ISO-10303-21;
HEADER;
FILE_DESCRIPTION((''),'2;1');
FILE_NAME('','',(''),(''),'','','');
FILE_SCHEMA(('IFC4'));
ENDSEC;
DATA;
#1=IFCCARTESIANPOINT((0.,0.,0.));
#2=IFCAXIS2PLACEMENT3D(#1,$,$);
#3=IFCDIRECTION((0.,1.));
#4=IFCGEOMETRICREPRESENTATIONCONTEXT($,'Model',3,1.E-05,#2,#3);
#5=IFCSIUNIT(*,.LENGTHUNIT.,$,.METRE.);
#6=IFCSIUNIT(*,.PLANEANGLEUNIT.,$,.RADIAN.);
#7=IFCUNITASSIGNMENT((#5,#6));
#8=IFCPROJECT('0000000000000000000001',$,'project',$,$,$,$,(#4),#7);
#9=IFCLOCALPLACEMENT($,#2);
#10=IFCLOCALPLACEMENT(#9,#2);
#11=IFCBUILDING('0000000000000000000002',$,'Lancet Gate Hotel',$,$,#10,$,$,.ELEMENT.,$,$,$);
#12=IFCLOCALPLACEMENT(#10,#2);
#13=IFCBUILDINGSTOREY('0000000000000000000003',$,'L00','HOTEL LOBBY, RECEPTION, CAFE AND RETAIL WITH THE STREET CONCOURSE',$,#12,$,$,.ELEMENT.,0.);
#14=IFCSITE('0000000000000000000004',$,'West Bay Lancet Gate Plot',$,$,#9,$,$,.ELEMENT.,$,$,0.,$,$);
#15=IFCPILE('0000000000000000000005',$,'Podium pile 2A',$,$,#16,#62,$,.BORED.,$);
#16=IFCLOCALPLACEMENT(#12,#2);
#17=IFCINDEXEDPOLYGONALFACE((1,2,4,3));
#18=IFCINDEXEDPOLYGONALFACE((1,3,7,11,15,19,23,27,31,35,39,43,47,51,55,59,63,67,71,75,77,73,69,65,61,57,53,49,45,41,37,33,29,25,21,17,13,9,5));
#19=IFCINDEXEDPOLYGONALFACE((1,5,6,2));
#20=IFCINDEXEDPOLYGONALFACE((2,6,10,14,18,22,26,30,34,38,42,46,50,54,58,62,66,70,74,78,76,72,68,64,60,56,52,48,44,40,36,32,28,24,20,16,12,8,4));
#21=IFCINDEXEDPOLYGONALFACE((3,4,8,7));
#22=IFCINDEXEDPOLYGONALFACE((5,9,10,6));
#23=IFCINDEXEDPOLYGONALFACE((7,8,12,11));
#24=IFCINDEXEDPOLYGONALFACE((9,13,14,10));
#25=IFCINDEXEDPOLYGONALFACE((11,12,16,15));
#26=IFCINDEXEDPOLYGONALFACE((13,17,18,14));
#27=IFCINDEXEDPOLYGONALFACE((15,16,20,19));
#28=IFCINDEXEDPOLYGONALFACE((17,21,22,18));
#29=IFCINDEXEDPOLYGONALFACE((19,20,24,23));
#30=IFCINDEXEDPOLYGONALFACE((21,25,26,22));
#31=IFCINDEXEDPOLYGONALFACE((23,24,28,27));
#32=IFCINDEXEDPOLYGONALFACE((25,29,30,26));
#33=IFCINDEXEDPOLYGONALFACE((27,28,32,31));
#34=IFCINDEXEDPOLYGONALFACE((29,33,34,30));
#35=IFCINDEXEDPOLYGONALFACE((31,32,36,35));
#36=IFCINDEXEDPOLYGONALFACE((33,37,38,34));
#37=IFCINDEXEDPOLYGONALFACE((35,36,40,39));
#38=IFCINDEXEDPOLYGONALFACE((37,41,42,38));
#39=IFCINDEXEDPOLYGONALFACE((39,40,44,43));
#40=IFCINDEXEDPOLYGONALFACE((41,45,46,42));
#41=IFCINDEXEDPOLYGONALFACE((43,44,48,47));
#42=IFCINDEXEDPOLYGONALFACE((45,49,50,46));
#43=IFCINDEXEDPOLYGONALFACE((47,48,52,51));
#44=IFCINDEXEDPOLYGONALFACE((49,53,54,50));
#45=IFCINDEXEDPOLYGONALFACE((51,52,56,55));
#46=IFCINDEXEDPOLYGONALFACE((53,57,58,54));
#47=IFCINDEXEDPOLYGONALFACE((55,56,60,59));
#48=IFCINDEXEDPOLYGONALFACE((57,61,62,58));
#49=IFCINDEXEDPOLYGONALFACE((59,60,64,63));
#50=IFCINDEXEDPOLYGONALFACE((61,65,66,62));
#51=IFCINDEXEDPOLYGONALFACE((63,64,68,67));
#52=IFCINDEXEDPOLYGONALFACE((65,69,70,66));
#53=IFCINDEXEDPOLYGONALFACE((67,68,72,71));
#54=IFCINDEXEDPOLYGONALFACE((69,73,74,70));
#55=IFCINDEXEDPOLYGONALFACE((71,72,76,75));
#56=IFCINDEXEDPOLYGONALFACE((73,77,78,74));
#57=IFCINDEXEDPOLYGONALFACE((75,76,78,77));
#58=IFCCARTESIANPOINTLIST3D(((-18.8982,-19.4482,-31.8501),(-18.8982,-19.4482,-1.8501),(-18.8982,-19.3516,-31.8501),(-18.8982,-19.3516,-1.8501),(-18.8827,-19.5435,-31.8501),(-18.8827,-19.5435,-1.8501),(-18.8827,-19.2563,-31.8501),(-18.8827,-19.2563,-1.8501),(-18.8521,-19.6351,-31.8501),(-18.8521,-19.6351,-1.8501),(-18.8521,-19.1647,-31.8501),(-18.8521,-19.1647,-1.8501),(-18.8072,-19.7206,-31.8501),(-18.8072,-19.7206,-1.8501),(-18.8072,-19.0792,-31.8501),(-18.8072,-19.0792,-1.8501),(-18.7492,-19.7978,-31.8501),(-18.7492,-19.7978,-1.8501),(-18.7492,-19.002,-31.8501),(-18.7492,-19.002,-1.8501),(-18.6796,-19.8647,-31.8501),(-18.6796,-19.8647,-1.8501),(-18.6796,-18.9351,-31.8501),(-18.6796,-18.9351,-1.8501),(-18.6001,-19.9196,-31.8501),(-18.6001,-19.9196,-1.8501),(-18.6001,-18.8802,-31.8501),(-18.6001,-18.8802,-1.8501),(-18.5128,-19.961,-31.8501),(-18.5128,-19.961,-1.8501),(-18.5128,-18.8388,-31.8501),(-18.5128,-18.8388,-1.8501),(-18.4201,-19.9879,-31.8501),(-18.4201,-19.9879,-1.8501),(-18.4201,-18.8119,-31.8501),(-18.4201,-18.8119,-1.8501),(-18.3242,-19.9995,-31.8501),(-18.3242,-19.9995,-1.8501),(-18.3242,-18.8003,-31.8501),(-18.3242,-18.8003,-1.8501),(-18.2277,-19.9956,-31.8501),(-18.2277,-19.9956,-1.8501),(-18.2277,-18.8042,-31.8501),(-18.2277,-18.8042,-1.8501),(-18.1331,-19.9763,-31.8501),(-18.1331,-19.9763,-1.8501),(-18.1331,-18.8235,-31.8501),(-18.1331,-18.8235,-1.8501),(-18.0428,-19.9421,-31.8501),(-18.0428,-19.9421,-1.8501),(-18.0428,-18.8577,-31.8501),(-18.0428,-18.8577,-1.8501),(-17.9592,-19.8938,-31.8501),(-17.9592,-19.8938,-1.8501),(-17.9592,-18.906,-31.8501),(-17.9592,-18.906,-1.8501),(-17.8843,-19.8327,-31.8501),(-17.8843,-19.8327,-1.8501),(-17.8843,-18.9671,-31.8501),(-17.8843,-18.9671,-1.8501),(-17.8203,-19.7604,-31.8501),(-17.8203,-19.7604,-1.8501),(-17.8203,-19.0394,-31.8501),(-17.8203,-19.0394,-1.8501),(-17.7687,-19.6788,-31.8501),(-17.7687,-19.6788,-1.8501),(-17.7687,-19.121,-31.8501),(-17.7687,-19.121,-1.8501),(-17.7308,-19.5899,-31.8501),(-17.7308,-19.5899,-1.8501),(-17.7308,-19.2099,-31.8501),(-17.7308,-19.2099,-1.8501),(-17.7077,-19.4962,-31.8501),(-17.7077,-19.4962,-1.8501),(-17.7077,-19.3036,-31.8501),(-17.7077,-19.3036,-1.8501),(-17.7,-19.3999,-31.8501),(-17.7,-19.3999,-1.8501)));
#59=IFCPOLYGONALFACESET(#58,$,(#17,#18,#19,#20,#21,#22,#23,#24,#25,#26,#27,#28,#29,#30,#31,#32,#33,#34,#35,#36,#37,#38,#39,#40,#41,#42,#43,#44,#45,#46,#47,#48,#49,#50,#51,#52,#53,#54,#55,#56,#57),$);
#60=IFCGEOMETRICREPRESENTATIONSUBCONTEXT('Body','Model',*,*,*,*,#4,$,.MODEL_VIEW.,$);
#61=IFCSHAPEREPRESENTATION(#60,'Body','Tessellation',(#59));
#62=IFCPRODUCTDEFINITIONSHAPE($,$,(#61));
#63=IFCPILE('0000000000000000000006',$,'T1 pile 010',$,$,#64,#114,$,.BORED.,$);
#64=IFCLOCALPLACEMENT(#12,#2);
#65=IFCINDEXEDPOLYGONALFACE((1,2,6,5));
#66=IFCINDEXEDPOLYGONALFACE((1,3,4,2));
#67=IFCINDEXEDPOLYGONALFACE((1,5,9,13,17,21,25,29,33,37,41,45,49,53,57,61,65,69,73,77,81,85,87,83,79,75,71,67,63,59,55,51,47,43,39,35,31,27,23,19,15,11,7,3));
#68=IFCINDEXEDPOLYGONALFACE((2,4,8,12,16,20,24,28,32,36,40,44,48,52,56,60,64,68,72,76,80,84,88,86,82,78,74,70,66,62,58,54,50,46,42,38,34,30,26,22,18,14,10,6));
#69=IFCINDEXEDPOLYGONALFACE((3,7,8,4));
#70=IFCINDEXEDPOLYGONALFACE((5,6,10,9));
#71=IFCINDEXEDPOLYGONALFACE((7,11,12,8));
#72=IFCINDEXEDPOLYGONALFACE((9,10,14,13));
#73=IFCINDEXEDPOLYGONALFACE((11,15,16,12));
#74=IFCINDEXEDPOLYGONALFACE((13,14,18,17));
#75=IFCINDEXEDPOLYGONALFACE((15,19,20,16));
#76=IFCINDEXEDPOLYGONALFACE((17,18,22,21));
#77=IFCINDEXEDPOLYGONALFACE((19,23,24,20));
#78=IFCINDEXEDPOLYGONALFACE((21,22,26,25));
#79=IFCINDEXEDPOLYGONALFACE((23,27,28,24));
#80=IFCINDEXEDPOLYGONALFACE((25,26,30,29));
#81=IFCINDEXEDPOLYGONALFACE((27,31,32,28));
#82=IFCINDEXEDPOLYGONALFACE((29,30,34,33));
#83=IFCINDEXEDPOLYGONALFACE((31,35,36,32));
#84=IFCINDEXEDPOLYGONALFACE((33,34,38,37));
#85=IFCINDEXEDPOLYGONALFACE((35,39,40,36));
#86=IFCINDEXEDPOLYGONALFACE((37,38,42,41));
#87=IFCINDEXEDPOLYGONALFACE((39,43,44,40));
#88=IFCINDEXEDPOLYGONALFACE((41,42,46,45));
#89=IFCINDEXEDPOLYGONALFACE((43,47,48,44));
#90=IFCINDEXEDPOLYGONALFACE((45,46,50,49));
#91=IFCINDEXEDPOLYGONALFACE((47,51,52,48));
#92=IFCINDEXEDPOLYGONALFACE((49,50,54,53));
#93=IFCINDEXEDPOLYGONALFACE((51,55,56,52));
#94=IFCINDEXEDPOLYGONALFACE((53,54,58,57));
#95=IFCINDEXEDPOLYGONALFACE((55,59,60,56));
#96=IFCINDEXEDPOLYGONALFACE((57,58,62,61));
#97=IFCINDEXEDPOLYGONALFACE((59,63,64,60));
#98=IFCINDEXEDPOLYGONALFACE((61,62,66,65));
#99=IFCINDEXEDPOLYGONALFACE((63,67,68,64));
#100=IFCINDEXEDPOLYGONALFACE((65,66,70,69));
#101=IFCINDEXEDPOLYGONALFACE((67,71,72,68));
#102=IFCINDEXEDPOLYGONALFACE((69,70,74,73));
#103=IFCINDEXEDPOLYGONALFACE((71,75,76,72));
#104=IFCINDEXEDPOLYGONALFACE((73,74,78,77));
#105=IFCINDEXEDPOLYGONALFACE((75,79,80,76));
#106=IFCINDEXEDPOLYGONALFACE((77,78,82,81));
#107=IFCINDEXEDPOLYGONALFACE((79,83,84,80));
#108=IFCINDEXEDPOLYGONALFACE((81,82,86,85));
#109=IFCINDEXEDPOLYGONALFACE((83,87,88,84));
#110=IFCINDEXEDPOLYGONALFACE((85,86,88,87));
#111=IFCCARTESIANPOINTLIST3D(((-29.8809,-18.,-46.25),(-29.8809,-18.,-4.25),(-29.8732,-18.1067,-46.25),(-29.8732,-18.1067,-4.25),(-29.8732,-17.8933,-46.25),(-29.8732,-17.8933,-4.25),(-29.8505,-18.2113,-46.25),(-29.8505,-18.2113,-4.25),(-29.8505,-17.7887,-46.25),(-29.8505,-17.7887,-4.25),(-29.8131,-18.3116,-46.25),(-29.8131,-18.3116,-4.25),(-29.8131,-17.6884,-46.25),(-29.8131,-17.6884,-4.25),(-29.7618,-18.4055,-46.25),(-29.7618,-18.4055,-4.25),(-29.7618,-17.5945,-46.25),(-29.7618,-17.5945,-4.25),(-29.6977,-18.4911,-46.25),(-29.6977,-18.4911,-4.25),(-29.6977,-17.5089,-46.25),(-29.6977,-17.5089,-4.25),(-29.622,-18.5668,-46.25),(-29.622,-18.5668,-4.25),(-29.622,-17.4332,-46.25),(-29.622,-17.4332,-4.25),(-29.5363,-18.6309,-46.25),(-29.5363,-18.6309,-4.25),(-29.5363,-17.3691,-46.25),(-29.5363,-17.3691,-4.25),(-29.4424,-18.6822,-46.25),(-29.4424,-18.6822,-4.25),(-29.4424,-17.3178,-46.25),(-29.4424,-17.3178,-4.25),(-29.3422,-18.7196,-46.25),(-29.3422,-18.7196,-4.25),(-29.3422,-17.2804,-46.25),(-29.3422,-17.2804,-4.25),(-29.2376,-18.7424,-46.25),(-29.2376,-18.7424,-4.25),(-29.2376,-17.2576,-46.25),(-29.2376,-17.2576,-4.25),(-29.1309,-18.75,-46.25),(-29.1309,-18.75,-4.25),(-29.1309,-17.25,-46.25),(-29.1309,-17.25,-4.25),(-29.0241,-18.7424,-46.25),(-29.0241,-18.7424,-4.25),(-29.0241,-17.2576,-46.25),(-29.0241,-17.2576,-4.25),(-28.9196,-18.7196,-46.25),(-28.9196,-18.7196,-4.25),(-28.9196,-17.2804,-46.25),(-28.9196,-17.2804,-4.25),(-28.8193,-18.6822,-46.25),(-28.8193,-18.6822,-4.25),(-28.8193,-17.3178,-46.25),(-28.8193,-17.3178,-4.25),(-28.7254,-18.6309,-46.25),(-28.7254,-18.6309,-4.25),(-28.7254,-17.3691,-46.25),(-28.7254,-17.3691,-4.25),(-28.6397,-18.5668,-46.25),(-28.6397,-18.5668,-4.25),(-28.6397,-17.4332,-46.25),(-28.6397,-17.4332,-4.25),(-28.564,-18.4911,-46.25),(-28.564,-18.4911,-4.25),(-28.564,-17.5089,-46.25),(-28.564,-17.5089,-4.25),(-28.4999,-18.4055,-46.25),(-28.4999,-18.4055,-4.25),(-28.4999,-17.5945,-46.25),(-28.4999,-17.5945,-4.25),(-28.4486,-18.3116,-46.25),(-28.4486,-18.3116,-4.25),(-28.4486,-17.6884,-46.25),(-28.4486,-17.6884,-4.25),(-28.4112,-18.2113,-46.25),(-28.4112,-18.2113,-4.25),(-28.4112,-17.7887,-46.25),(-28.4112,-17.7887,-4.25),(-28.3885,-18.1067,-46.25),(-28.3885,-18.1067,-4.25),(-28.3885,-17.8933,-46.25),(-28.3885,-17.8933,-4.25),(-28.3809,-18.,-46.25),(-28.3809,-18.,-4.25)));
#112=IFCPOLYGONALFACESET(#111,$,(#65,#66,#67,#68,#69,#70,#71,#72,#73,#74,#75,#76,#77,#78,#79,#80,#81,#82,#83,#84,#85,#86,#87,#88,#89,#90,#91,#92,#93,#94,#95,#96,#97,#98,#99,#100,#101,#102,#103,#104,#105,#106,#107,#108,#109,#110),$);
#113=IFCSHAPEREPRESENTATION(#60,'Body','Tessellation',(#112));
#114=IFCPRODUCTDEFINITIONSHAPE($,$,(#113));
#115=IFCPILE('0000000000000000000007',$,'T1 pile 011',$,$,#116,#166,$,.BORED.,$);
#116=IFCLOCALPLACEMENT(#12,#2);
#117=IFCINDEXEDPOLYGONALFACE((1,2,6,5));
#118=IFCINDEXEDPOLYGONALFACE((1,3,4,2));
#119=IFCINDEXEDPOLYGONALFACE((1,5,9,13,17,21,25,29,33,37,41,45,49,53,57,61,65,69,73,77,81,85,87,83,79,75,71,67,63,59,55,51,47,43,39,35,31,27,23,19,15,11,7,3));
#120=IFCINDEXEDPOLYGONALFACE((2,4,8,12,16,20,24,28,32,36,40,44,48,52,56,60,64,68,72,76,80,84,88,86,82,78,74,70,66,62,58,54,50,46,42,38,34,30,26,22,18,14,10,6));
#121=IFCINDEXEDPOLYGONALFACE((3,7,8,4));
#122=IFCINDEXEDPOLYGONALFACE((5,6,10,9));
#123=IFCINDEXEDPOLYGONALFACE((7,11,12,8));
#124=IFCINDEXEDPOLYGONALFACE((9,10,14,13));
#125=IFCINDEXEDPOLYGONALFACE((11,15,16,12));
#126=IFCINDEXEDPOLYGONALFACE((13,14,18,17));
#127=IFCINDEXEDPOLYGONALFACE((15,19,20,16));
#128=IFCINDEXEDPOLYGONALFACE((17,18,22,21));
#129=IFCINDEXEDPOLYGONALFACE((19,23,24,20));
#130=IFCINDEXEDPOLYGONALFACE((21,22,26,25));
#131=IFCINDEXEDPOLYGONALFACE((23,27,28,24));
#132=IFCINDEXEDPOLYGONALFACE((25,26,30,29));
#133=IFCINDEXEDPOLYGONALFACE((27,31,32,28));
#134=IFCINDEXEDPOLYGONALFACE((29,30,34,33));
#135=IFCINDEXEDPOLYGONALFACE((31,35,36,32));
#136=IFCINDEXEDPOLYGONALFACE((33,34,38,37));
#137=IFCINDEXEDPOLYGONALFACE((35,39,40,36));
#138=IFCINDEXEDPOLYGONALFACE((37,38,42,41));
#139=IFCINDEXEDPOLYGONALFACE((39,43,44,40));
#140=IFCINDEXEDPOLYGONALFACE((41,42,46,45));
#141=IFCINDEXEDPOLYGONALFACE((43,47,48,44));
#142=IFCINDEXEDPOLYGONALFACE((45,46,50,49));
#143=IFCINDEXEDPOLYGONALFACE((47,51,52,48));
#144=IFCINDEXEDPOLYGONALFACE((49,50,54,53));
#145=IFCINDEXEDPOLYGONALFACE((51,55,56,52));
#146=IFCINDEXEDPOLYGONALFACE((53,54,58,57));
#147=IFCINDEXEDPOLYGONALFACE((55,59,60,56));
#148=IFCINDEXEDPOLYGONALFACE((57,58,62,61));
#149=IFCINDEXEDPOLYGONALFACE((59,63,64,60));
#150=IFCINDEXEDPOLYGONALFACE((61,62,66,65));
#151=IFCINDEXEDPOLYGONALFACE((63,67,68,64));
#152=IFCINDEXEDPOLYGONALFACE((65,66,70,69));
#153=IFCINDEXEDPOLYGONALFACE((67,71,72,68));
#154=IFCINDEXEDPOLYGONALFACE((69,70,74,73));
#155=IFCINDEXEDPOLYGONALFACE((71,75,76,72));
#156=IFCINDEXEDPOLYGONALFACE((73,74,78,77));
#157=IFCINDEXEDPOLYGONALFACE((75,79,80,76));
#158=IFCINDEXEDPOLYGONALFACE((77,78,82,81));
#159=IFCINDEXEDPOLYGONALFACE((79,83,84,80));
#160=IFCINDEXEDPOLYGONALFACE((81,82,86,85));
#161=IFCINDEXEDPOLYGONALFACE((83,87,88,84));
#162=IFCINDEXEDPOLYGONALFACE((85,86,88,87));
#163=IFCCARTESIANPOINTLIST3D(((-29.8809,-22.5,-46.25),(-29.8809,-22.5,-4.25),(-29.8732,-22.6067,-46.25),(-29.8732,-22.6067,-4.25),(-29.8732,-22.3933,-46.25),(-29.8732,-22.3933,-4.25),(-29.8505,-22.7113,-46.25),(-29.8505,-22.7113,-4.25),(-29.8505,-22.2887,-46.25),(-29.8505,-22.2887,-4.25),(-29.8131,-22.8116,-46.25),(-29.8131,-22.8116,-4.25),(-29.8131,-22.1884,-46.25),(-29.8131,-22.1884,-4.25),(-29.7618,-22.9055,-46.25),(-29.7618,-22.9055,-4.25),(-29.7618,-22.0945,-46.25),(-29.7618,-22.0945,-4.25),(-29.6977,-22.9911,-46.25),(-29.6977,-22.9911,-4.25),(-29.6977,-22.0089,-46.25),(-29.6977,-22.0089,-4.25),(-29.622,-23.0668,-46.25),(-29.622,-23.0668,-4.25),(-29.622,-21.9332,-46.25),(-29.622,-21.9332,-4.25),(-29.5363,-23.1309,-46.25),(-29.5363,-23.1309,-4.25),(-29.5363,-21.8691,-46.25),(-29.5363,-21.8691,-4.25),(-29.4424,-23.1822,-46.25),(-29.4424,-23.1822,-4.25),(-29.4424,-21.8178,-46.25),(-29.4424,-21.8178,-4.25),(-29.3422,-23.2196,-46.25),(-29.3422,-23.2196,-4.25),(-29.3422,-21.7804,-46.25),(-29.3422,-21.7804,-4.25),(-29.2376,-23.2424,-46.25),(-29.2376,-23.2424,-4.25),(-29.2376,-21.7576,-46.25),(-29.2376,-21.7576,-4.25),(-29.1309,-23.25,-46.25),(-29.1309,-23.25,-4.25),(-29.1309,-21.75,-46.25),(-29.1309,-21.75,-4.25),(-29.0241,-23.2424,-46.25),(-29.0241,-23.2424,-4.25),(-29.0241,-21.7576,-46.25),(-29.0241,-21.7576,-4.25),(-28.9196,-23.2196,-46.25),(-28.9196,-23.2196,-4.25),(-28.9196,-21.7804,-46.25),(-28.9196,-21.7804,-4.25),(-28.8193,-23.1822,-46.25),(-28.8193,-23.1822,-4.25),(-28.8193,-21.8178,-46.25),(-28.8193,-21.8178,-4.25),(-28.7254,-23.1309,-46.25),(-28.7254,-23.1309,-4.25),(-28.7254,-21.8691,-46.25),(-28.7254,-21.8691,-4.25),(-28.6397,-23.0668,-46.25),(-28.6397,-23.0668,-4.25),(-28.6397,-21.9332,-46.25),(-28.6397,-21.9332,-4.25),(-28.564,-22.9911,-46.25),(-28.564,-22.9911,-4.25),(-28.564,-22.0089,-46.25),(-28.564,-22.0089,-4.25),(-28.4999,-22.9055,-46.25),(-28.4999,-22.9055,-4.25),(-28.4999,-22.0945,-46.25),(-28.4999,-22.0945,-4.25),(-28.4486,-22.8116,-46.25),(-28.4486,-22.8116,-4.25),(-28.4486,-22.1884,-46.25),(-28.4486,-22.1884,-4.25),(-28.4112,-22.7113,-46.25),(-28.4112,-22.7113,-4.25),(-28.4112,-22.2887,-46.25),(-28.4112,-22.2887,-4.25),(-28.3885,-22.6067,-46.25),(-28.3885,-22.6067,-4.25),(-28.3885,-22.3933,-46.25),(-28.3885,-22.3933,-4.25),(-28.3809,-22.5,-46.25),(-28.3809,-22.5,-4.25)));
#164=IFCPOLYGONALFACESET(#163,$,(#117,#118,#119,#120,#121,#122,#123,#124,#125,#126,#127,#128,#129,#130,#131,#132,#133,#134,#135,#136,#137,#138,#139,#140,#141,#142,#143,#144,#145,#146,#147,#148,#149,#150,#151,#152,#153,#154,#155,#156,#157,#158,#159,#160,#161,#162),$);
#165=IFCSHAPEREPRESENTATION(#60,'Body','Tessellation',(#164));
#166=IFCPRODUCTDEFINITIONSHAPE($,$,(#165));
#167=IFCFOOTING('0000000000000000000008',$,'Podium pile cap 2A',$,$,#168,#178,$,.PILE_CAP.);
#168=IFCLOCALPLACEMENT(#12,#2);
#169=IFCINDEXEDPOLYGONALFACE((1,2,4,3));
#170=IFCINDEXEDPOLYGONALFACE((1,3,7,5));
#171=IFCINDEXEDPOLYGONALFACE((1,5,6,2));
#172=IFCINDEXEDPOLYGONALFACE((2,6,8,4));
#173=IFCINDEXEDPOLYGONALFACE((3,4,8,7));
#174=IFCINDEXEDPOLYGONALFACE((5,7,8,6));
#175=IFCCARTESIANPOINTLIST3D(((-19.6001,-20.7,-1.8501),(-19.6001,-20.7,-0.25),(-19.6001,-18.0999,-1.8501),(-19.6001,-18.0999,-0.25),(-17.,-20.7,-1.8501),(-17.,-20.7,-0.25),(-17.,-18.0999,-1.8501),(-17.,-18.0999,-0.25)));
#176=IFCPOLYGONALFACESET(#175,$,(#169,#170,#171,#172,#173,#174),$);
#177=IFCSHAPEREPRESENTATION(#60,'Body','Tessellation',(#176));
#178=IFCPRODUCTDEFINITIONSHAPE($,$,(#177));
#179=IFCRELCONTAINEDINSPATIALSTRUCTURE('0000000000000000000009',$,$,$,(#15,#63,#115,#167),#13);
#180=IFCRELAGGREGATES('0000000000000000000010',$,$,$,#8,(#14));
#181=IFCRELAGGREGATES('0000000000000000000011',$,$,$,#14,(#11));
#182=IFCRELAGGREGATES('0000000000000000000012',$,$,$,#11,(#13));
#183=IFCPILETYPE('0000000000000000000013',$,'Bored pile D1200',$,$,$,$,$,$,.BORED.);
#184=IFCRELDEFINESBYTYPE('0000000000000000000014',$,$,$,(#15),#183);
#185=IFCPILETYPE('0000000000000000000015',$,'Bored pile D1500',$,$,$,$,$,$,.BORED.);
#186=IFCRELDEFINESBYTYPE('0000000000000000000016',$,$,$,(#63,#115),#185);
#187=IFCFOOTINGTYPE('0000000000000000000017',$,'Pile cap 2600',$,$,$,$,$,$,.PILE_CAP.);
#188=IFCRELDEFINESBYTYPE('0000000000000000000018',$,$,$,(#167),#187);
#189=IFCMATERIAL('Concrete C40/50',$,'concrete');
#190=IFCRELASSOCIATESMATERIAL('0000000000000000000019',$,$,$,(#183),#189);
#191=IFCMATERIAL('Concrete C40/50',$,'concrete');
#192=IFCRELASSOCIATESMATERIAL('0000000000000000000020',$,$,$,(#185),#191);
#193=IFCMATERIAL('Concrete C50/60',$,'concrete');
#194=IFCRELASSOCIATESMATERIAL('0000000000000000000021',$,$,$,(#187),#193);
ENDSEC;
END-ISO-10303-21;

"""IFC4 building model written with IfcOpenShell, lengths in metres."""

from ifc_helpers import new_model, si_unit, direction, frame, origin, origin_2d, place, context, subcontext, project, spatial, rectangle, circle, extrude, material, material_profile, profile_set, type_object, element, save


model = new_model("IFC4")

# Units and contexts
model_context = context("Model", 3, precision=1e-05, world=origin(), true_north=direction((0.0, 1.0)))
body_context = subcontext(model_context, "Body", "Model", "MODEL_VIEW")
ifc_project = project(units=[si_unit("LENGTHUNIT", "METRE"), si_unit("PLANEANGLEUNIT", "RADIAN")], contexts=[model_context])

# Site, building, storey
site_placement = place(None, origin())
site = spatial("IfcSite", under=ifc_project, at=site_placement, Name="West Bay Lancet Gate Plot", CompositionType="ELEMENT", RefElevation=0.0)
building_placement = place(site_placement, origin())
building = spatial("IfcBuilding", under=site, at=building_placement, Name="Lancet Gate Hotel", CompositionType="ELEMENT")
storey_placement = place(building_placement, origin())
storey = spatial("IfcBuildingStorey", under=building, at=storey_placement, Name="L00", Description="HOTEL LOBBY, RECEPTION, CAFE AND RETAIL WITH THE STREET CONCOURSE", CompositionType="ELEMENT", Elevation=0.0)

# Piles
ifc_material_1 = material(Name="Concrete C40/50", Category="concrete")
ifc_material_profile_1 = material_profile(ifc_material_1, circle(Radius=0.6001, at=origin_2d()), Name="PILE D1200")
ifc_profile_set_1 = profile_set([ifc_material_profile_1], Name="Concrete C40/50")
pile_type_1 = type_object("IfcPileType", Name="Bored pile D1200", PredefinedType="BORED", material=ifc_profile_set_1)
pile_placement = place(storey_placement, frame((-18.3, -19.3999, -1.8501), z_axis=(0.0, 0.0, -1.0), x_axis=(1.0, 0.0, 0.0)))
element("IfcPile", 1, at=pile_placement, inside=storey, type_object=pile_type_1, Name="Podium pile 2A", PredefinedType="BORED", context=body_context, shape_type="SweptSolid", body=[
    extrude(circle(Radius=0.6001, at=origin_2d()), origin(), (0.0, 0.0, 1.0), 30.0),
])
ifc_material_2 = material(Name="Concrete C40/50", Category="concrete")
ifc_material_profile_2 = material_profile(ifc_material_2, circle(Radius=0.75, at=origin_2d()), Name="PILE D1500")
ifc_profile_set_2 = profile_set([ifc_material_profile_2], Name="Concrete C40/50")
pile_type_2 = type_object("IfcPileType", Name="Bored pile D1500", PredefinedType="BORED", material=ifc_profile_set_2)
for number, where, z_axis, x_axis, name in (
    (2, (-29.1309, -18.0, -4.25), (0.0, 0.0, -1.0), (1.0, 0.0, 0.0), "T1 pile 010"),
    (3, (-29.1309, -22.5, -4.25), (0.0, 0.0, -1.0), (1.0, 0.0, 0.0), "T1 pile 011"),
):
    element("IfcPile", number, at=place(storey_placement, frame(where, z_axis=z_axis, x_axis=x_axis)), inside=storey, type_object=pile_type_2, Name=name, PredefinedType="BORED", context=body_context, shape_type="SweptSolid", body=[
        extrude(circle(Radius=0.75, at=origin_2d()), origin(), (0.0, 0.0, 1.0), 42.0),
    ])

# Footing
ifc_material_3 = material(Name="Concrete C50/60", Category="concrete")
footing_type = type_object("IfcFootingType", Name="Pile cap 2600", PredefinedType="PILE_CAP", material=ifc_material_3)
footing_placement = place(storey_placement, frame((-18.3, -19.3999, -1.8501), z_axis=(0.0, 0.0, 1.0), x_axis=(1.0, 0.0, 0.0)))
element("IfcFooting", 4, at=footing_placement, inside=storey, type_object=footing_type, Name="Podium pile cap 2A", PredefinedType="PILE_CAP", context=body_context, shape_type="SweptSolid", body=[
    extrude(rectangle(XDim=2.6001, YDim=2.6001, at=origin_2d()), origin(), (0.0, 0.0, 1.0), 1.6001),
])

save(model, "model.ifc")
